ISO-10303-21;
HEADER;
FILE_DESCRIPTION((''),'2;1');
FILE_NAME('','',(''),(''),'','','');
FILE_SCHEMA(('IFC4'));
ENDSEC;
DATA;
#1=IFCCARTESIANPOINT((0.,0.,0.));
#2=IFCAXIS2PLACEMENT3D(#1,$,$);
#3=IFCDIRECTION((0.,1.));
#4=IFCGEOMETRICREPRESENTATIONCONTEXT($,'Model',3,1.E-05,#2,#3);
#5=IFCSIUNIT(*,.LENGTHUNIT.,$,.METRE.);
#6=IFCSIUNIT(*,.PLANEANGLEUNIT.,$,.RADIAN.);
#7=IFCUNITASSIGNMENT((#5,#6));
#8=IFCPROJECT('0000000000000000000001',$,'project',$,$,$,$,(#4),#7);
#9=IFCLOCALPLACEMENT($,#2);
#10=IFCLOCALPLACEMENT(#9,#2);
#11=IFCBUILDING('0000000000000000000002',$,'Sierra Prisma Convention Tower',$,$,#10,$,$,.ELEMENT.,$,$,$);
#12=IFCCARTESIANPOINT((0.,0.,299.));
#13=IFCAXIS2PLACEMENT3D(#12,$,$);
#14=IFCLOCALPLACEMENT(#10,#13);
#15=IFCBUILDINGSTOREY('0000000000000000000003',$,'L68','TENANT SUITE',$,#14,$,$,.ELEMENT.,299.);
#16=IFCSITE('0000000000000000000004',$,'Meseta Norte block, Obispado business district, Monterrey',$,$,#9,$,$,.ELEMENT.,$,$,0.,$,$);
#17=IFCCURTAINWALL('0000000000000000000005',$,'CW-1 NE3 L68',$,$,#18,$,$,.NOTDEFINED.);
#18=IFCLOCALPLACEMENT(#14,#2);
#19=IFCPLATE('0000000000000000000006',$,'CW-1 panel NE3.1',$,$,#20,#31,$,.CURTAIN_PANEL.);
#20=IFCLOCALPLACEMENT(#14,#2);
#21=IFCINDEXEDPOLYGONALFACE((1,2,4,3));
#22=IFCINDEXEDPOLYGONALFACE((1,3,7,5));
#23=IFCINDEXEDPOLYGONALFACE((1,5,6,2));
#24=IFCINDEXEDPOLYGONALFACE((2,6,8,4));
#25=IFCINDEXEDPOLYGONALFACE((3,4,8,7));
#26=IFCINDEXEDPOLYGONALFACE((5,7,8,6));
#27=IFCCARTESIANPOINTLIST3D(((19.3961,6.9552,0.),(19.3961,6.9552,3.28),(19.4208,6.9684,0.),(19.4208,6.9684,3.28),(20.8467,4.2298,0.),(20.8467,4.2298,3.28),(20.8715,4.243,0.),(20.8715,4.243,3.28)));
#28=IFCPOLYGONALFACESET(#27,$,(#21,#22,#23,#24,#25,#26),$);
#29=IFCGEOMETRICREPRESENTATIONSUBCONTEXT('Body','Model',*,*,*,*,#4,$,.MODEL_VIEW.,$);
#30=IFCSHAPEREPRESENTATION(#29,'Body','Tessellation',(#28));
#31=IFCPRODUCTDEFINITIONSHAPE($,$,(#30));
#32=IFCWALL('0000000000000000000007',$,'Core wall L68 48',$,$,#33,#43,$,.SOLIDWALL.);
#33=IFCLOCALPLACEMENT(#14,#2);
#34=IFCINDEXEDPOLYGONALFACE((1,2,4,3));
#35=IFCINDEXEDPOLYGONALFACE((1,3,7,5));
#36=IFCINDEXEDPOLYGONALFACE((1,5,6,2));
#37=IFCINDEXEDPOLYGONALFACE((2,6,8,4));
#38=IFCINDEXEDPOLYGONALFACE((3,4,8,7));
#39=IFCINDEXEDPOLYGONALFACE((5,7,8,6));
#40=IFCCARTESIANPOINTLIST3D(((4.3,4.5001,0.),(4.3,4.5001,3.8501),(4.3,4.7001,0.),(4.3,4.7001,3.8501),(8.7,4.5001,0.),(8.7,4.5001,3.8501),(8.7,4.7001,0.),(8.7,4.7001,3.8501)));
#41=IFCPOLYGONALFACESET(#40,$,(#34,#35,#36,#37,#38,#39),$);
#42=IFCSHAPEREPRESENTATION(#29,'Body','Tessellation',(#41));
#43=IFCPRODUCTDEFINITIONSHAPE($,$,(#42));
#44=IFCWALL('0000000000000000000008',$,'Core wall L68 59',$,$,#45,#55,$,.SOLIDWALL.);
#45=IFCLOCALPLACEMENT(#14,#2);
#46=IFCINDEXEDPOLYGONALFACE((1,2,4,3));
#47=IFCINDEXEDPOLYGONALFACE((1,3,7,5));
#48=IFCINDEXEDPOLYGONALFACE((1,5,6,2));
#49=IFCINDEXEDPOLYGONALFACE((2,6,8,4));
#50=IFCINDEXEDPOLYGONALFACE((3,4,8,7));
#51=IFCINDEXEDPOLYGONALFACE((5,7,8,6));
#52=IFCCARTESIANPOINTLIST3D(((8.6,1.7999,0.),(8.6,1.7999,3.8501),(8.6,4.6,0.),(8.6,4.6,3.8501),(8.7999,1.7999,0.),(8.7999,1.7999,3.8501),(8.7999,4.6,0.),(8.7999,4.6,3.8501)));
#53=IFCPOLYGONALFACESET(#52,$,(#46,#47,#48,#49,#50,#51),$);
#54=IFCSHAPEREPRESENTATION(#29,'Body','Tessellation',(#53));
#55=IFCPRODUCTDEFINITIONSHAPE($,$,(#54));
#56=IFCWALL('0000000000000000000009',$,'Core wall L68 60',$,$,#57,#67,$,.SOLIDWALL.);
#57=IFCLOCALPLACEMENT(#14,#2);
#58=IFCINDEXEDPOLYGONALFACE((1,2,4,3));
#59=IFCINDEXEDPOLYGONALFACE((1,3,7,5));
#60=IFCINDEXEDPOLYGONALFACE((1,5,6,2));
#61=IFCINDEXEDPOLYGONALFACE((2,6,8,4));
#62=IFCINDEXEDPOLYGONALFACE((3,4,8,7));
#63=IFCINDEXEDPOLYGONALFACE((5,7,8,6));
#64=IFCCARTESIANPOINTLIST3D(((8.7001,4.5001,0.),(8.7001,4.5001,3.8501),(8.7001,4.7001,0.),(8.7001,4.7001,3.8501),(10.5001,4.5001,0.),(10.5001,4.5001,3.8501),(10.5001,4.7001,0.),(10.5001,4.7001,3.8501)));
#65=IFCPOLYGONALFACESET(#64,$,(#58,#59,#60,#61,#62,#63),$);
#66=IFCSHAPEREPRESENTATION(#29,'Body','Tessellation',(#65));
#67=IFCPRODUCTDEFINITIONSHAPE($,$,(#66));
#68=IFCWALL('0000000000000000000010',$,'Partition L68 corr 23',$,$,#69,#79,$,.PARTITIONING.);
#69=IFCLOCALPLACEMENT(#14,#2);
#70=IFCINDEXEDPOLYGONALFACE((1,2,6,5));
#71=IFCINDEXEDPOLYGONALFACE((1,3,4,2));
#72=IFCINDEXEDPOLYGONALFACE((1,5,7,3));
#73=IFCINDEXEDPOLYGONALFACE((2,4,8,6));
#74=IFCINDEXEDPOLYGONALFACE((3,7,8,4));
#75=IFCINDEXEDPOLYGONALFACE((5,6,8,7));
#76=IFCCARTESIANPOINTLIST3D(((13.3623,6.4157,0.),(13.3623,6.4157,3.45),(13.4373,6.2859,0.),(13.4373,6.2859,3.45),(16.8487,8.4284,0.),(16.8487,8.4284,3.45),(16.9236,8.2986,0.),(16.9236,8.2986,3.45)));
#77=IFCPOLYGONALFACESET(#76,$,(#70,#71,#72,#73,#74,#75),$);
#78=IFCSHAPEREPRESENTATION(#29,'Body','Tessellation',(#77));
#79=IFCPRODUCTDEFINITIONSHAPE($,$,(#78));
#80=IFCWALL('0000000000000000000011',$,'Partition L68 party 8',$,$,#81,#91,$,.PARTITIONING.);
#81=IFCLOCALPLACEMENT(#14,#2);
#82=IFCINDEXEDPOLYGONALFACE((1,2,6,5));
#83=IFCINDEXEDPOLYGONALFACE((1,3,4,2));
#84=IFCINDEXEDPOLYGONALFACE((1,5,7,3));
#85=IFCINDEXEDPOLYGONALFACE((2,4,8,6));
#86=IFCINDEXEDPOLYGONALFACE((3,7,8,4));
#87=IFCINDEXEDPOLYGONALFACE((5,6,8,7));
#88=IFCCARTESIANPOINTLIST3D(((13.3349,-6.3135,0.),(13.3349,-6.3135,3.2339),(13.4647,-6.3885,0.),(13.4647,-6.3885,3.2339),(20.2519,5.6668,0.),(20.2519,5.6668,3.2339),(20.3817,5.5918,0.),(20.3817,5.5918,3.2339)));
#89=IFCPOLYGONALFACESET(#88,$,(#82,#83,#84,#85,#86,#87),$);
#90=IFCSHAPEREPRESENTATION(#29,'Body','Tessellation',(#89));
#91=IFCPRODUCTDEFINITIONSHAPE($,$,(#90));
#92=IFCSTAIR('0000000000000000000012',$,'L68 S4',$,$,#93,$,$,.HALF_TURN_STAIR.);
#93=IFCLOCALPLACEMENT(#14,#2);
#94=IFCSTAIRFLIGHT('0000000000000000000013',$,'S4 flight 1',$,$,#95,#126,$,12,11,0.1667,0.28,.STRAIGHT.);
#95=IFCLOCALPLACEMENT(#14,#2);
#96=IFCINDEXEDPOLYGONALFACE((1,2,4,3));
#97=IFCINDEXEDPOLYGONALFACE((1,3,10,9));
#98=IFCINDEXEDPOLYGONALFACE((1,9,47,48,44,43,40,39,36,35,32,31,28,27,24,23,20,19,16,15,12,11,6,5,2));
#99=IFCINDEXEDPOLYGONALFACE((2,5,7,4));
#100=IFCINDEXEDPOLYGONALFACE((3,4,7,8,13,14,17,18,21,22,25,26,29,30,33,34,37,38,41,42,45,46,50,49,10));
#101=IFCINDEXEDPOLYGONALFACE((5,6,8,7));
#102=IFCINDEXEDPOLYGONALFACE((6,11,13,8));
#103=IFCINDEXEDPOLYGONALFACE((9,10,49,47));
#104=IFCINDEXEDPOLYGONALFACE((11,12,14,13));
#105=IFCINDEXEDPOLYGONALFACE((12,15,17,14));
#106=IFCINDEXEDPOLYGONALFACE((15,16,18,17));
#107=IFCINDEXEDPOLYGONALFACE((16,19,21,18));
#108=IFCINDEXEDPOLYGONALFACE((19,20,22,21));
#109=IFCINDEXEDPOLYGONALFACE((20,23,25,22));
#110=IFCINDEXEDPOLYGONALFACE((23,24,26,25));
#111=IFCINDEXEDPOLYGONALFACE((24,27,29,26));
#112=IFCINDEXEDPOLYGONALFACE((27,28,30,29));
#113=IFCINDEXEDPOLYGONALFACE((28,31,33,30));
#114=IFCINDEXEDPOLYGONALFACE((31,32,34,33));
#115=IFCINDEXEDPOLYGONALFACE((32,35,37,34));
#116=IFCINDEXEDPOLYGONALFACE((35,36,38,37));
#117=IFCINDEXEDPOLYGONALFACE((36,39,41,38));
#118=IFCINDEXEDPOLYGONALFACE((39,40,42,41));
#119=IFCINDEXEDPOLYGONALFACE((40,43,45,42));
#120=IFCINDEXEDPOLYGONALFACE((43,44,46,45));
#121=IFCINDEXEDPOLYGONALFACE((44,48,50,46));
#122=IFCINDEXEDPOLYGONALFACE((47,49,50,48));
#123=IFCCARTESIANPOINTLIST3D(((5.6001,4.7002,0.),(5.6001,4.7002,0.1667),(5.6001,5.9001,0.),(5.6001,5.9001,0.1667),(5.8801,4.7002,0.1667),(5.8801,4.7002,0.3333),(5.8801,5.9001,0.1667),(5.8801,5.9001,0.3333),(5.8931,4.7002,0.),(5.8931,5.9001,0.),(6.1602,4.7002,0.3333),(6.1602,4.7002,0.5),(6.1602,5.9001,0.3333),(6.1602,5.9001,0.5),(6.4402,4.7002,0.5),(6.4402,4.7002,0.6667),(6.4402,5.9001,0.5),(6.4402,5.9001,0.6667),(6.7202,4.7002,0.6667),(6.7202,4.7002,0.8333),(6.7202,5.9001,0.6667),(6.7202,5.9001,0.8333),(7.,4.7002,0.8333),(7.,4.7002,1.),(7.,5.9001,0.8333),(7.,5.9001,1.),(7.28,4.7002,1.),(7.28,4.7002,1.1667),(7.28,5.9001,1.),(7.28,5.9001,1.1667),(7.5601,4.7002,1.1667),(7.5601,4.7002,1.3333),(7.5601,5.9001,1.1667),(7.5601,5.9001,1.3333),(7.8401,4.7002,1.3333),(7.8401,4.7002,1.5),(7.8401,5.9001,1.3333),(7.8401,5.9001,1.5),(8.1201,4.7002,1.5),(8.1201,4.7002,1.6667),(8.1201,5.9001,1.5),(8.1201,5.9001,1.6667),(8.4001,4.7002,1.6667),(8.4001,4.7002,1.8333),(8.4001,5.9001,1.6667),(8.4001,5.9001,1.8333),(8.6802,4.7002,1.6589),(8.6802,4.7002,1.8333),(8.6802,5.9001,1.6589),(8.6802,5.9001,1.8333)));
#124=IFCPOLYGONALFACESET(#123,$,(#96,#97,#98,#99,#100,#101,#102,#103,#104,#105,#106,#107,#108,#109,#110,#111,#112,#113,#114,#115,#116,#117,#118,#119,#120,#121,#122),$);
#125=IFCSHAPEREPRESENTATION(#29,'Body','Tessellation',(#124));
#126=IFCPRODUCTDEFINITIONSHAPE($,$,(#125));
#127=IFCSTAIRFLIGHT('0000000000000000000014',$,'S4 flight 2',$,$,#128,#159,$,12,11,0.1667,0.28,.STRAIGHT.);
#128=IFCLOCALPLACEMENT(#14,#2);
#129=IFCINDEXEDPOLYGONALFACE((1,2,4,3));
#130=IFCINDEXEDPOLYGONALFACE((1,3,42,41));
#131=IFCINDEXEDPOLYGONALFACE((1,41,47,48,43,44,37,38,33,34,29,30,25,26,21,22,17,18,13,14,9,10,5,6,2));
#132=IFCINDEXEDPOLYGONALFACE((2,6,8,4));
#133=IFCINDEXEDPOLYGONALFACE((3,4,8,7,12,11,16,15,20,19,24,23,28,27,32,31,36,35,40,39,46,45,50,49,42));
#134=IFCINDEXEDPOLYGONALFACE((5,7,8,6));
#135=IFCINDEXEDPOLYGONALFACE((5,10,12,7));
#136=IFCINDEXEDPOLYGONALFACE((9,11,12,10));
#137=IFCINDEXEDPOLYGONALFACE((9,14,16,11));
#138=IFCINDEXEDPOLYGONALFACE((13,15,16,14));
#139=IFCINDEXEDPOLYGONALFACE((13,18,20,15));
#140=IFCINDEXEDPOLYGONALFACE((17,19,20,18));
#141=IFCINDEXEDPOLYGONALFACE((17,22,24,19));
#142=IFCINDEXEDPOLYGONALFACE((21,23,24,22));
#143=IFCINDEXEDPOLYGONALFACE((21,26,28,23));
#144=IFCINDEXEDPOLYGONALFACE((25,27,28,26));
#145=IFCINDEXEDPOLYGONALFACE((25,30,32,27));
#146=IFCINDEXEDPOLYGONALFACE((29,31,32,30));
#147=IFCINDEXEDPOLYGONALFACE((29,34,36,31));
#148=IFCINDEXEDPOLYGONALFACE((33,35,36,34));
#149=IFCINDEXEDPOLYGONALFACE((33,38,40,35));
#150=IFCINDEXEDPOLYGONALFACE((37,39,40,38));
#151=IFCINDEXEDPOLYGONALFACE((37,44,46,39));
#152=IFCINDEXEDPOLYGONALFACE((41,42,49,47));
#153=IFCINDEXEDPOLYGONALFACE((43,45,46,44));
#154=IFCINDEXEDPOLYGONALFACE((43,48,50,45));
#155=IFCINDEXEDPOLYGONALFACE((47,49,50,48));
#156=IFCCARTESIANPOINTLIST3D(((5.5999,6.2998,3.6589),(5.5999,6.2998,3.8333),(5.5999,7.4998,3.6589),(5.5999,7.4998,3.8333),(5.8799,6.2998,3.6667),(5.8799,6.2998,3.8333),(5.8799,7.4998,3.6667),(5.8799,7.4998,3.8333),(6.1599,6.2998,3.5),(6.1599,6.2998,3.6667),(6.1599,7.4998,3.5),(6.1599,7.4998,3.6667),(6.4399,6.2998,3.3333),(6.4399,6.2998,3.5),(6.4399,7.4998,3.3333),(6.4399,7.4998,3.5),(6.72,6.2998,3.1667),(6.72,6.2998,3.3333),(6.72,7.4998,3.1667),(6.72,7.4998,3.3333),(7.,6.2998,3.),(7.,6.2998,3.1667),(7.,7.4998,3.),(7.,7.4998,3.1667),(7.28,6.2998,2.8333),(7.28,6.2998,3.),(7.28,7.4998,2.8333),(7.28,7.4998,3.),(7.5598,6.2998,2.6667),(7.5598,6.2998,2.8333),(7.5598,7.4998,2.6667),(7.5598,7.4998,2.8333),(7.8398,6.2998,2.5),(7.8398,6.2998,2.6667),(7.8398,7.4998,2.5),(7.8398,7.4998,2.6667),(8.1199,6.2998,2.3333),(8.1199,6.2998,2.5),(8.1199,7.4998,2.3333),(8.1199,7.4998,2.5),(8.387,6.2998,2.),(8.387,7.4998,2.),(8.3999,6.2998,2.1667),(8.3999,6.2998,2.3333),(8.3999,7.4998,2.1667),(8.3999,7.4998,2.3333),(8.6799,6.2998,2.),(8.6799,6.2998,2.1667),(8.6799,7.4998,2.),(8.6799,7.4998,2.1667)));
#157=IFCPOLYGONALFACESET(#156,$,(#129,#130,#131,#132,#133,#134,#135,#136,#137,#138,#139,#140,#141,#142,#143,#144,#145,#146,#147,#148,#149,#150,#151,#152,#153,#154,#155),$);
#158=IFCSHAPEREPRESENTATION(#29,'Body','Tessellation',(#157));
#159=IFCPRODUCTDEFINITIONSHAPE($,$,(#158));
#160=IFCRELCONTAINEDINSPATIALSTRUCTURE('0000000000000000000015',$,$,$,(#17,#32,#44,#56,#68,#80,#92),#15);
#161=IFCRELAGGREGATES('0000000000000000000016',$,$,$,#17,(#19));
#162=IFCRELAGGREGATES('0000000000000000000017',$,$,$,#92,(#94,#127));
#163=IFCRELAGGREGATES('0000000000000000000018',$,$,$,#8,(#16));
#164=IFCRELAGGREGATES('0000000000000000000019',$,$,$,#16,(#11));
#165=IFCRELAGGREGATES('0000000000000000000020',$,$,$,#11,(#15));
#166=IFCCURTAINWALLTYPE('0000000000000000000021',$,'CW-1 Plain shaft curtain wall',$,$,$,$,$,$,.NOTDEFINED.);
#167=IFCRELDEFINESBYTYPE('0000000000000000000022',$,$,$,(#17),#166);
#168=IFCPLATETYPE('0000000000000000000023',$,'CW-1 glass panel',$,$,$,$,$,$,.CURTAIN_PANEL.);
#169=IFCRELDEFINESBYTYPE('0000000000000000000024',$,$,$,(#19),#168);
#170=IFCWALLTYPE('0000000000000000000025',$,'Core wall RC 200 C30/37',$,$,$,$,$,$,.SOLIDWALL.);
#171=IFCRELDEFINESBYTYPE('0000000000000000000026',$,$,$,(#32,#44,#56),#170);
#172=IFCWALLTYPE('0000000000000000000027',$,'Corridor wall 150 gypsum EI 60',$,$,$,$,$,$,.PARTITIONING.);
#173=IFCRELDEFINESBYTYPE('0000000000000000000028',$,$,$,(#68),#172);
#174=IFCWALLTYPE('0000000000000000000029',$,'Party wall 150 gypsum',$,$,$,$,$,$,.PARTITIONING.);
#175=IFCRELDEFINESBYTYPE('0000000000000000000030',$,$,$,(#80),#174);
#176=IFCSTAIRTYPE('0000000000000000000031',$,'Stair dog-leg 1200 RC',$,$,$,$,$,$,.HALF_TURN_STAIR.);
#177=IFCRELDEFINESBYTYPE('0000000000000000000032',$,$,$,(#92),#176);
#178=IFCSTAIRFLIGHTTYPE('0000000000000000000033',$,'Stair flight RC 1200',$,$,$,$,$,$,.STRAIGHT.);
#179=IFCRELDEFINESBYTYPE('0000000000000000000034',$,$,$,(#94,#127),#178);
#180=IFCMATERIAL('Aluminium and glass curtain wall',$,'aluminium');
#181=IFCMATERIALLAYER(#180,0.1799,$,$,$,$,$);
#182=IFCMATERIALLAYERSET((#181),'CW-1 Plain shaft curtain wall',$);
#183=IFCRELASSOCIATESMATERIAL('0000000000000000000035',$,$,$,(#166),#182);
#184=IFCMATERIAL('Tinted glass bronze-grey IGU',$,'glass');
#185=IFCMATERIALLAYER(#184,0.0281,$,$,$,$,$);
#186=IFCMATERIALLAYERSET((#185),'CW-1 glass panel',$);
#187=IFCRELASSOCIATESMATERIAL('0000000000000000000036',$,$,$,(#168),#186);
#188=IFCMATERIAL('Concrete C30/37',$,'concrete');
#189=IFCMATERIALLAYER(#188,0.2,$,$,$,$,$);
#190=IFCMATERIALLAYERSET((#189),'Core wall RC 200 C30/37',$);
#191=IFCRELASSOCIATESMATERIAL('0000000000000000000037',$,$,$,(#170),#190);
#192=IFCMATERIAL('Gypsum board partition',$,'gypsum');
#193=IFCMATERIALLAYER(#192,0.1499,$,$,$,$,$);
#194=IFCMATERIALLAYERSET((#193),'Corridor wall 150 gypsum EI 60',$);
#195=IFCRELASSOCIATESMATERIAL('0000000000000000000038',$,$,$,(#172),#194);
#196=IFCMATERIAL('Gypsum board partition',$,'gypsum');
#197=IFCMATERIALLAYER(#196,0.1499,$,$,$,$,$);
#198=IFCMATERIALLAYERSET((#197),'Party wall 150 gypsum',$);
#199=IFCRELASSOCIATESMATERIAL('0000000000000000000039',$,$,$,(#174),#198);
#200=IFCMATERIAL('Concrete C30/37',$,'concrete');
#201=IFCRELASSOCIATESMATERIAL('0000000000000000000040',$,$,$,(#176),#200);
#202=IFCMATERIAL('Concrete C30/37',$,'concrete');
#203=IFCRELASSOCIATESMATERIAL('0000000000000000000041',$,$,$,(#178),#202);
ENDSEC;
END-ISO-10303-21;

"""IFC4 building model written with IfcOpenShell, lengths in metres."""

from ifc_helpers import new_model, si_unit, direction, frame, frame_2d, origin, origin_2d, place, context, subcontext, project, spatial, polyline, rectangle, outline, extrude, material, layer, layer_set, type_object, element, aggregate, save


model = new_model("IFC4")

# Units and contexts
model_context = context("Model", 3, precision=1e-05, world=origin(), true_north=direction((0.0, 1.0)))
body_context = subcontext(model_context, "Body", "Model", "MODEL_VIEW")
ifc_project = project(units=[si_unit("LENGTHUNIT", "METRE"), si_unit("PLANEANGLEUNIT", "RADIAN")], contexts=[model_context])

# Site, building, storey
site_placement = place(None, origin())
site = spatial("IfcSite", under=ifc_project, at=site_placement, Name="Meseta Norte block, Obispado business district, Monterrey", CompositionType="ELEMENT", RefElevation=0.0)
building_placement = place(site_placement, origin())
building = spatial("IfcBuilding", under=site, at=building_placement, Name="Sierra Prisma Convention Tower", CompositionType="ELEMENT")
storey_placement = place(building_placement, frame((0.0, 0.0, 299.0)))
storey = spatial("IfcBuildingStorey", under=building, at=storey_placement, Name="L68", Description="TENANT SUITE", CompositionType="ELEMENT", Elevation=299.0)

# Shared definitions
ifc_material_1 = material(Name="Aluminium and glass curtain wall", Category="aluminium")
ifc_layer_1 = layer(ifc_material_1, 0.1799)
ifc_layer_set_1 = layer_set([ifc_layer_1], Name="CW-1 Plain shaft curtain wall")
curtain_wall_type = type_object("IfcCurtainWallType", Name="CW-1 Plain shaft curtain wall", PredefinedType="NOTDEFINED", material=ifc_layer_set_1)

# Curtain wall
curtain_wall_1_placement = place(storey_placement, origin())
curtain_wall_1 = element("IfcCurtainWall", 1, at=curtain_wall_1_placement, inside=storey, type_object=curtain_wall_type, Name="CW-1 NE3 L68", PredefinedType="NOTDEFINED")

# Plate
ifc_material_2 = material(Name="Tinted glass bronze-grey IGU", Category="glass")
ifc_layer_2 = layer(ifc_material_2, 0.0281)
ifc_layer_set_2 = layer_set([ifc_layer_2], Name="CW-1 glass panel")
plate_type = type_object("IfcPlateType", Name="CW-1 glass panel", PredefinedType="CURTAIN_PANEL", material=ifc_layer_set_2)
plate_1_placement = place(storey_placement, frame((20.1338, 5.5991, 0.0), z_axis=(0.0, 0.0, 1.0), x_axis=(-0.469869, 0.882736, 0.0)))
plate_1 = element("IfcPlate", 2, at=plate_1_placement, type_object=plate_type, Name="CW-1 panel NE3.1", PredefinedType="CURTAIN_PANEL", context=body_context, shape_type="SweptSolid", body=[
    extrude(rectangle(XDim=3.0874, YDim=0.0281, at=origin_2d()), origin(), (0.0, 0.0, 1.0), 3.28),
])
aggregate(curtain_wall_1, [plate_1])

# Wall
ifc_material_3 = material(Name="Concrete C30/37", Category="concrete")
ifc_layer_3 = layer(ifc_material_3, 0.2)
ifc_layer_set_3 = layer_set([ifc_layer_3], Name="Core wall RC 200 C30/37")
wall_type_1 = type_object("IfcWallType", Name="Core wall RC 200 C30/37", PredefinedType="SOLIDWALL", material=ifc_layer_set_3)
wall_1_placement = place(storey_placement, frame((8.7, 4.6001, 0.0), z_axis=(0.0, 0.0, 1.0), x_axis=(-1.0, 0.0, 0.0)))
element("IfcWall", 3, at=wall_1_placement, inside=storey, type_object=wall_type_1, Name="Core wall L68 48", PredefinedType="SOLIDWALL", context=body_context, shape_type="SweptSolid", body=[
    extrude(rectangle(XDim=4.3999, YDim=0.2, at=frame_2d((2.2, 0.0))), origin(), (0.0, 0.0, 1.0), 3.8501),
])

# Walls
wall_2_placement = place(storey_placement, frame((8.7, 1.8, 0.0), z_axis=(0.0, 0.0, 1.0), x_axis=(0.0, 1.0, 0.0)))
element("IfcWall", 4, at=wall_2_placement, inside=storey, type_object=wall_type_1, Name="Core wall L68 59", PredefinedType="SOLIDWALL", context=body_context, shape_type="SweptSolid", body=[
    extrude(rectangle(XDim=2.8, YDim=0.2, at=frame_2d((1.3999, 0.0))), origin(), (0.0, 0.0, 1.0), 3.8501),
])
wall_3_placement = place(storey_placement, frame((10.5, 4.6001, 0.0), z_axis=(0.0, 0.0, 1.0), x_axis=(-1.0, 0.0, 0.0)))
element("IfcWall", 5, at=wall_3_placement, inside=storey, type_object=wall_type_1, Name="Core wall L68 60", PredefinedType="SOLIDWALL", context=body_context, shape_type="SweptSolid", body=[
    extrude(rectangle(XDim=1.8, YDim=0.2, at=frame_2d((0.8999, 0.0))), origin(), (0.0, 0.0, 1.0), 3.8501),
])
ifc_material_4 = material(Name="Gypsum board partition", Category="gypsum")
ifc_layer_4 = layer(ifc_material_4, 0.1499)
ifc_layer_set_4 = layer_set([ifc_layer_4], Name="Corridor wall 150 gypsum EI 60")
wall_type_2 = type_object("IfcWallType", Name="Corridor wall 150 gypsum EI 60", PredefinedType="PARTITIONING", material=ifc_layer_set_4)
wall_4_placement = place(storey_placement, frame((13.3999, 6.3508, 0.0), z_axis=(0.0, 0.0, 1.0), x_axis=(0.86604, 0.499974, 0.0)))
element("IfcWall", 6, at=wall_4_placement, inside=storey, type_object=wall_type_2, Name="Partition L68 corr 23", PredefinedType="PARTITIONING", context=body_context, shape_type="SweptSolid", body=[
    extrude(rectangle(XDim=4.0256, YDim=0.1499, at=frame_2d((2.0127, 0.0))), origin(), (0.0, 0.0, 1.0), 3.45),
])
ifc_material_5 = material(Name="Gypsum board partition", Category="gypsum")
ifc_layer_5 = layer(ifc_material_5, 0.1499)
ifc_layer_set_5 = layer_set([ifc_layer_5], Name="Party wall 150 gypsum")
wall_type_3 = type_object("IfcWallType", Name="Party wall 150 gypsum", PredefinedType="PARTITIONING", material=ifc_layer_set_5)
wall_5_placement = place(storey_placement, frame((20.3169, 5.6294, 0.0), z_axis=(0.0, 0.0, 1.0), x_axis=(-0.500011, -0.866019, 0.0)))
element("IfcWall", 7, at=wall_5_placement, inside=storey, type_object=wall_type_3, Name="Partition L68 party 8", PredefinedType="PARTITIONING", context=body_context, shape_type="SweptSolid", body=[
    extrude(rectangle(XDim=13.8337, YDim=0.1499, at=frame_2d((6.917, 0.0))), origin(), (0.0, 0.0, 1.0), 3.2339),
])

# Stair, stair flights
ifc_material_6 = material(Name="Concrete C30/37", Category="concrete")
stair_type = type_object("IfcStairType", Name="Stair dog-leg 1200 RC", PredefinedType="HALF_TURN_STAIR", material=ifc_material_6)
stair_placement = place(storey_placement, origin())
stair = element("IfcStair", 8, at=stair_placement, inside=storey, type_object=stair_type, Name="L68 S4", PredefinedType="HALF_TURN_STAIR")
ifc_material_7 = material(Name="Concrete C30/37", Category="concrete")
stair_flight_type = type_object("IfcStairFlightType", Name="Stair flight RC 1200", PredefinedType="STRAIGHT", material=ifc_material_7)
stair_flight_1_placement = place(storey_placement, frame((5.6001, 5.3, 0.0), z_axis=(0.0, 0.0, 1.0), x_axis=(1.0, 0.0, 0.0)))
stair_flight_1 = element("IfcStairFlight", 9, at=stair_flight_1_placement, type_object=stair_flight_type, Name="S4 flight 1", NumberOfRisers=12, NumberOfTreads=11, PredefinedType="STRAIGHT", RiserHeight=0.1667, TreadLength=0.28, context=body_context, shape_type="SweptSolid", body=[
    extrude(outline(polyline([(0.0, 0.0), (0.0, 0.1667), (0.28, 0.1667), (0.28, 0.3333), (0.5601, 0.3333), (0.5601, 0.5), (0.8401, 0.5), (0.8401, 0.6667), (1.1201, 0.6667), (1.1201, 0.8333), (1.3999, 0.8333), (1.3999, 1.0), (1.6799, 1.0), (1.6799, 1.1667), (1.96, 1.1667), (1.96, 1.3333), (2.24, 1.3333), (2.24, 1.5), (2.52, 1.5), (2.52, 1.6667), (2.8, 1.6667), (2.8, 1.8333), (3.0801, 1.8333), (3.0801, 2.0), (3.0801, 1.6589), (0.293, 0.0), (0.0, 0.0)])), frame((0.0, 0.6001, 0.0), z_axis=(0.0, -1.0, 0.0), x_axis=(1.0, 0.0, 0.0)), (0.0, 0.0, 1.0), 1.2),
])
stair_flight_2_placement = place(storey_placement, frame((8.6799, 6.8999, 2.0), z_axis=(0.0, 0.0, 1.0), x_axis=(-1.0, 0.0, 0.0)))
stair_flight_2 = element("IfcStairFlight", 10, at=stair_flight_2_placement, type_object=stair_flight_type, Name="S4 flight 2", NumberOfRisers=12, NumberOfTreads=11, PredefinedType="STRAIGHT", RiserHeight=0.1667, TreadLength=0.28, context=body_context, shape_type="SweptSolid", body=[
    extrude(outline(polyline([(0.0, 0.0), (0.0, 0.1667), (0.28, 0.1667), (0.28, 0.3333), (0.5601, 0.3333), (0.5601, 0.5), (0.8401, 0.5), (0.8401, 0.6667), (1.1201, 0.6667), (1.1201, 0.8333), (1.3999, 0.8333), (1.3999, 1.0), (1.6799, 1.0), (1.6799, 1.1667), (1.96, 1.1667), (1.96, 1.3333), (2.24, 1.3333), (2.24, 1.5), (2.52, 1.5), (2.52, 1.6667), (2.8, 1.6667), (2.8, 1.8333), (3.0801, 1.8333), (3.0801, 2.0), (3.0801, 1.6589), (0.293, 0.0), (0.0, 0.0)])), frame((0.0, 0.6001, 0.0), z_axis=(0.0, -1.0, 0.0), x_axis=(1.0, 0.0, 0.0)), (0.0, 0.0, 1.0), 1.2),
])
aggregate(stair, [stair_flight_1, stair_flight_2])

save(model, "model.ifc")
